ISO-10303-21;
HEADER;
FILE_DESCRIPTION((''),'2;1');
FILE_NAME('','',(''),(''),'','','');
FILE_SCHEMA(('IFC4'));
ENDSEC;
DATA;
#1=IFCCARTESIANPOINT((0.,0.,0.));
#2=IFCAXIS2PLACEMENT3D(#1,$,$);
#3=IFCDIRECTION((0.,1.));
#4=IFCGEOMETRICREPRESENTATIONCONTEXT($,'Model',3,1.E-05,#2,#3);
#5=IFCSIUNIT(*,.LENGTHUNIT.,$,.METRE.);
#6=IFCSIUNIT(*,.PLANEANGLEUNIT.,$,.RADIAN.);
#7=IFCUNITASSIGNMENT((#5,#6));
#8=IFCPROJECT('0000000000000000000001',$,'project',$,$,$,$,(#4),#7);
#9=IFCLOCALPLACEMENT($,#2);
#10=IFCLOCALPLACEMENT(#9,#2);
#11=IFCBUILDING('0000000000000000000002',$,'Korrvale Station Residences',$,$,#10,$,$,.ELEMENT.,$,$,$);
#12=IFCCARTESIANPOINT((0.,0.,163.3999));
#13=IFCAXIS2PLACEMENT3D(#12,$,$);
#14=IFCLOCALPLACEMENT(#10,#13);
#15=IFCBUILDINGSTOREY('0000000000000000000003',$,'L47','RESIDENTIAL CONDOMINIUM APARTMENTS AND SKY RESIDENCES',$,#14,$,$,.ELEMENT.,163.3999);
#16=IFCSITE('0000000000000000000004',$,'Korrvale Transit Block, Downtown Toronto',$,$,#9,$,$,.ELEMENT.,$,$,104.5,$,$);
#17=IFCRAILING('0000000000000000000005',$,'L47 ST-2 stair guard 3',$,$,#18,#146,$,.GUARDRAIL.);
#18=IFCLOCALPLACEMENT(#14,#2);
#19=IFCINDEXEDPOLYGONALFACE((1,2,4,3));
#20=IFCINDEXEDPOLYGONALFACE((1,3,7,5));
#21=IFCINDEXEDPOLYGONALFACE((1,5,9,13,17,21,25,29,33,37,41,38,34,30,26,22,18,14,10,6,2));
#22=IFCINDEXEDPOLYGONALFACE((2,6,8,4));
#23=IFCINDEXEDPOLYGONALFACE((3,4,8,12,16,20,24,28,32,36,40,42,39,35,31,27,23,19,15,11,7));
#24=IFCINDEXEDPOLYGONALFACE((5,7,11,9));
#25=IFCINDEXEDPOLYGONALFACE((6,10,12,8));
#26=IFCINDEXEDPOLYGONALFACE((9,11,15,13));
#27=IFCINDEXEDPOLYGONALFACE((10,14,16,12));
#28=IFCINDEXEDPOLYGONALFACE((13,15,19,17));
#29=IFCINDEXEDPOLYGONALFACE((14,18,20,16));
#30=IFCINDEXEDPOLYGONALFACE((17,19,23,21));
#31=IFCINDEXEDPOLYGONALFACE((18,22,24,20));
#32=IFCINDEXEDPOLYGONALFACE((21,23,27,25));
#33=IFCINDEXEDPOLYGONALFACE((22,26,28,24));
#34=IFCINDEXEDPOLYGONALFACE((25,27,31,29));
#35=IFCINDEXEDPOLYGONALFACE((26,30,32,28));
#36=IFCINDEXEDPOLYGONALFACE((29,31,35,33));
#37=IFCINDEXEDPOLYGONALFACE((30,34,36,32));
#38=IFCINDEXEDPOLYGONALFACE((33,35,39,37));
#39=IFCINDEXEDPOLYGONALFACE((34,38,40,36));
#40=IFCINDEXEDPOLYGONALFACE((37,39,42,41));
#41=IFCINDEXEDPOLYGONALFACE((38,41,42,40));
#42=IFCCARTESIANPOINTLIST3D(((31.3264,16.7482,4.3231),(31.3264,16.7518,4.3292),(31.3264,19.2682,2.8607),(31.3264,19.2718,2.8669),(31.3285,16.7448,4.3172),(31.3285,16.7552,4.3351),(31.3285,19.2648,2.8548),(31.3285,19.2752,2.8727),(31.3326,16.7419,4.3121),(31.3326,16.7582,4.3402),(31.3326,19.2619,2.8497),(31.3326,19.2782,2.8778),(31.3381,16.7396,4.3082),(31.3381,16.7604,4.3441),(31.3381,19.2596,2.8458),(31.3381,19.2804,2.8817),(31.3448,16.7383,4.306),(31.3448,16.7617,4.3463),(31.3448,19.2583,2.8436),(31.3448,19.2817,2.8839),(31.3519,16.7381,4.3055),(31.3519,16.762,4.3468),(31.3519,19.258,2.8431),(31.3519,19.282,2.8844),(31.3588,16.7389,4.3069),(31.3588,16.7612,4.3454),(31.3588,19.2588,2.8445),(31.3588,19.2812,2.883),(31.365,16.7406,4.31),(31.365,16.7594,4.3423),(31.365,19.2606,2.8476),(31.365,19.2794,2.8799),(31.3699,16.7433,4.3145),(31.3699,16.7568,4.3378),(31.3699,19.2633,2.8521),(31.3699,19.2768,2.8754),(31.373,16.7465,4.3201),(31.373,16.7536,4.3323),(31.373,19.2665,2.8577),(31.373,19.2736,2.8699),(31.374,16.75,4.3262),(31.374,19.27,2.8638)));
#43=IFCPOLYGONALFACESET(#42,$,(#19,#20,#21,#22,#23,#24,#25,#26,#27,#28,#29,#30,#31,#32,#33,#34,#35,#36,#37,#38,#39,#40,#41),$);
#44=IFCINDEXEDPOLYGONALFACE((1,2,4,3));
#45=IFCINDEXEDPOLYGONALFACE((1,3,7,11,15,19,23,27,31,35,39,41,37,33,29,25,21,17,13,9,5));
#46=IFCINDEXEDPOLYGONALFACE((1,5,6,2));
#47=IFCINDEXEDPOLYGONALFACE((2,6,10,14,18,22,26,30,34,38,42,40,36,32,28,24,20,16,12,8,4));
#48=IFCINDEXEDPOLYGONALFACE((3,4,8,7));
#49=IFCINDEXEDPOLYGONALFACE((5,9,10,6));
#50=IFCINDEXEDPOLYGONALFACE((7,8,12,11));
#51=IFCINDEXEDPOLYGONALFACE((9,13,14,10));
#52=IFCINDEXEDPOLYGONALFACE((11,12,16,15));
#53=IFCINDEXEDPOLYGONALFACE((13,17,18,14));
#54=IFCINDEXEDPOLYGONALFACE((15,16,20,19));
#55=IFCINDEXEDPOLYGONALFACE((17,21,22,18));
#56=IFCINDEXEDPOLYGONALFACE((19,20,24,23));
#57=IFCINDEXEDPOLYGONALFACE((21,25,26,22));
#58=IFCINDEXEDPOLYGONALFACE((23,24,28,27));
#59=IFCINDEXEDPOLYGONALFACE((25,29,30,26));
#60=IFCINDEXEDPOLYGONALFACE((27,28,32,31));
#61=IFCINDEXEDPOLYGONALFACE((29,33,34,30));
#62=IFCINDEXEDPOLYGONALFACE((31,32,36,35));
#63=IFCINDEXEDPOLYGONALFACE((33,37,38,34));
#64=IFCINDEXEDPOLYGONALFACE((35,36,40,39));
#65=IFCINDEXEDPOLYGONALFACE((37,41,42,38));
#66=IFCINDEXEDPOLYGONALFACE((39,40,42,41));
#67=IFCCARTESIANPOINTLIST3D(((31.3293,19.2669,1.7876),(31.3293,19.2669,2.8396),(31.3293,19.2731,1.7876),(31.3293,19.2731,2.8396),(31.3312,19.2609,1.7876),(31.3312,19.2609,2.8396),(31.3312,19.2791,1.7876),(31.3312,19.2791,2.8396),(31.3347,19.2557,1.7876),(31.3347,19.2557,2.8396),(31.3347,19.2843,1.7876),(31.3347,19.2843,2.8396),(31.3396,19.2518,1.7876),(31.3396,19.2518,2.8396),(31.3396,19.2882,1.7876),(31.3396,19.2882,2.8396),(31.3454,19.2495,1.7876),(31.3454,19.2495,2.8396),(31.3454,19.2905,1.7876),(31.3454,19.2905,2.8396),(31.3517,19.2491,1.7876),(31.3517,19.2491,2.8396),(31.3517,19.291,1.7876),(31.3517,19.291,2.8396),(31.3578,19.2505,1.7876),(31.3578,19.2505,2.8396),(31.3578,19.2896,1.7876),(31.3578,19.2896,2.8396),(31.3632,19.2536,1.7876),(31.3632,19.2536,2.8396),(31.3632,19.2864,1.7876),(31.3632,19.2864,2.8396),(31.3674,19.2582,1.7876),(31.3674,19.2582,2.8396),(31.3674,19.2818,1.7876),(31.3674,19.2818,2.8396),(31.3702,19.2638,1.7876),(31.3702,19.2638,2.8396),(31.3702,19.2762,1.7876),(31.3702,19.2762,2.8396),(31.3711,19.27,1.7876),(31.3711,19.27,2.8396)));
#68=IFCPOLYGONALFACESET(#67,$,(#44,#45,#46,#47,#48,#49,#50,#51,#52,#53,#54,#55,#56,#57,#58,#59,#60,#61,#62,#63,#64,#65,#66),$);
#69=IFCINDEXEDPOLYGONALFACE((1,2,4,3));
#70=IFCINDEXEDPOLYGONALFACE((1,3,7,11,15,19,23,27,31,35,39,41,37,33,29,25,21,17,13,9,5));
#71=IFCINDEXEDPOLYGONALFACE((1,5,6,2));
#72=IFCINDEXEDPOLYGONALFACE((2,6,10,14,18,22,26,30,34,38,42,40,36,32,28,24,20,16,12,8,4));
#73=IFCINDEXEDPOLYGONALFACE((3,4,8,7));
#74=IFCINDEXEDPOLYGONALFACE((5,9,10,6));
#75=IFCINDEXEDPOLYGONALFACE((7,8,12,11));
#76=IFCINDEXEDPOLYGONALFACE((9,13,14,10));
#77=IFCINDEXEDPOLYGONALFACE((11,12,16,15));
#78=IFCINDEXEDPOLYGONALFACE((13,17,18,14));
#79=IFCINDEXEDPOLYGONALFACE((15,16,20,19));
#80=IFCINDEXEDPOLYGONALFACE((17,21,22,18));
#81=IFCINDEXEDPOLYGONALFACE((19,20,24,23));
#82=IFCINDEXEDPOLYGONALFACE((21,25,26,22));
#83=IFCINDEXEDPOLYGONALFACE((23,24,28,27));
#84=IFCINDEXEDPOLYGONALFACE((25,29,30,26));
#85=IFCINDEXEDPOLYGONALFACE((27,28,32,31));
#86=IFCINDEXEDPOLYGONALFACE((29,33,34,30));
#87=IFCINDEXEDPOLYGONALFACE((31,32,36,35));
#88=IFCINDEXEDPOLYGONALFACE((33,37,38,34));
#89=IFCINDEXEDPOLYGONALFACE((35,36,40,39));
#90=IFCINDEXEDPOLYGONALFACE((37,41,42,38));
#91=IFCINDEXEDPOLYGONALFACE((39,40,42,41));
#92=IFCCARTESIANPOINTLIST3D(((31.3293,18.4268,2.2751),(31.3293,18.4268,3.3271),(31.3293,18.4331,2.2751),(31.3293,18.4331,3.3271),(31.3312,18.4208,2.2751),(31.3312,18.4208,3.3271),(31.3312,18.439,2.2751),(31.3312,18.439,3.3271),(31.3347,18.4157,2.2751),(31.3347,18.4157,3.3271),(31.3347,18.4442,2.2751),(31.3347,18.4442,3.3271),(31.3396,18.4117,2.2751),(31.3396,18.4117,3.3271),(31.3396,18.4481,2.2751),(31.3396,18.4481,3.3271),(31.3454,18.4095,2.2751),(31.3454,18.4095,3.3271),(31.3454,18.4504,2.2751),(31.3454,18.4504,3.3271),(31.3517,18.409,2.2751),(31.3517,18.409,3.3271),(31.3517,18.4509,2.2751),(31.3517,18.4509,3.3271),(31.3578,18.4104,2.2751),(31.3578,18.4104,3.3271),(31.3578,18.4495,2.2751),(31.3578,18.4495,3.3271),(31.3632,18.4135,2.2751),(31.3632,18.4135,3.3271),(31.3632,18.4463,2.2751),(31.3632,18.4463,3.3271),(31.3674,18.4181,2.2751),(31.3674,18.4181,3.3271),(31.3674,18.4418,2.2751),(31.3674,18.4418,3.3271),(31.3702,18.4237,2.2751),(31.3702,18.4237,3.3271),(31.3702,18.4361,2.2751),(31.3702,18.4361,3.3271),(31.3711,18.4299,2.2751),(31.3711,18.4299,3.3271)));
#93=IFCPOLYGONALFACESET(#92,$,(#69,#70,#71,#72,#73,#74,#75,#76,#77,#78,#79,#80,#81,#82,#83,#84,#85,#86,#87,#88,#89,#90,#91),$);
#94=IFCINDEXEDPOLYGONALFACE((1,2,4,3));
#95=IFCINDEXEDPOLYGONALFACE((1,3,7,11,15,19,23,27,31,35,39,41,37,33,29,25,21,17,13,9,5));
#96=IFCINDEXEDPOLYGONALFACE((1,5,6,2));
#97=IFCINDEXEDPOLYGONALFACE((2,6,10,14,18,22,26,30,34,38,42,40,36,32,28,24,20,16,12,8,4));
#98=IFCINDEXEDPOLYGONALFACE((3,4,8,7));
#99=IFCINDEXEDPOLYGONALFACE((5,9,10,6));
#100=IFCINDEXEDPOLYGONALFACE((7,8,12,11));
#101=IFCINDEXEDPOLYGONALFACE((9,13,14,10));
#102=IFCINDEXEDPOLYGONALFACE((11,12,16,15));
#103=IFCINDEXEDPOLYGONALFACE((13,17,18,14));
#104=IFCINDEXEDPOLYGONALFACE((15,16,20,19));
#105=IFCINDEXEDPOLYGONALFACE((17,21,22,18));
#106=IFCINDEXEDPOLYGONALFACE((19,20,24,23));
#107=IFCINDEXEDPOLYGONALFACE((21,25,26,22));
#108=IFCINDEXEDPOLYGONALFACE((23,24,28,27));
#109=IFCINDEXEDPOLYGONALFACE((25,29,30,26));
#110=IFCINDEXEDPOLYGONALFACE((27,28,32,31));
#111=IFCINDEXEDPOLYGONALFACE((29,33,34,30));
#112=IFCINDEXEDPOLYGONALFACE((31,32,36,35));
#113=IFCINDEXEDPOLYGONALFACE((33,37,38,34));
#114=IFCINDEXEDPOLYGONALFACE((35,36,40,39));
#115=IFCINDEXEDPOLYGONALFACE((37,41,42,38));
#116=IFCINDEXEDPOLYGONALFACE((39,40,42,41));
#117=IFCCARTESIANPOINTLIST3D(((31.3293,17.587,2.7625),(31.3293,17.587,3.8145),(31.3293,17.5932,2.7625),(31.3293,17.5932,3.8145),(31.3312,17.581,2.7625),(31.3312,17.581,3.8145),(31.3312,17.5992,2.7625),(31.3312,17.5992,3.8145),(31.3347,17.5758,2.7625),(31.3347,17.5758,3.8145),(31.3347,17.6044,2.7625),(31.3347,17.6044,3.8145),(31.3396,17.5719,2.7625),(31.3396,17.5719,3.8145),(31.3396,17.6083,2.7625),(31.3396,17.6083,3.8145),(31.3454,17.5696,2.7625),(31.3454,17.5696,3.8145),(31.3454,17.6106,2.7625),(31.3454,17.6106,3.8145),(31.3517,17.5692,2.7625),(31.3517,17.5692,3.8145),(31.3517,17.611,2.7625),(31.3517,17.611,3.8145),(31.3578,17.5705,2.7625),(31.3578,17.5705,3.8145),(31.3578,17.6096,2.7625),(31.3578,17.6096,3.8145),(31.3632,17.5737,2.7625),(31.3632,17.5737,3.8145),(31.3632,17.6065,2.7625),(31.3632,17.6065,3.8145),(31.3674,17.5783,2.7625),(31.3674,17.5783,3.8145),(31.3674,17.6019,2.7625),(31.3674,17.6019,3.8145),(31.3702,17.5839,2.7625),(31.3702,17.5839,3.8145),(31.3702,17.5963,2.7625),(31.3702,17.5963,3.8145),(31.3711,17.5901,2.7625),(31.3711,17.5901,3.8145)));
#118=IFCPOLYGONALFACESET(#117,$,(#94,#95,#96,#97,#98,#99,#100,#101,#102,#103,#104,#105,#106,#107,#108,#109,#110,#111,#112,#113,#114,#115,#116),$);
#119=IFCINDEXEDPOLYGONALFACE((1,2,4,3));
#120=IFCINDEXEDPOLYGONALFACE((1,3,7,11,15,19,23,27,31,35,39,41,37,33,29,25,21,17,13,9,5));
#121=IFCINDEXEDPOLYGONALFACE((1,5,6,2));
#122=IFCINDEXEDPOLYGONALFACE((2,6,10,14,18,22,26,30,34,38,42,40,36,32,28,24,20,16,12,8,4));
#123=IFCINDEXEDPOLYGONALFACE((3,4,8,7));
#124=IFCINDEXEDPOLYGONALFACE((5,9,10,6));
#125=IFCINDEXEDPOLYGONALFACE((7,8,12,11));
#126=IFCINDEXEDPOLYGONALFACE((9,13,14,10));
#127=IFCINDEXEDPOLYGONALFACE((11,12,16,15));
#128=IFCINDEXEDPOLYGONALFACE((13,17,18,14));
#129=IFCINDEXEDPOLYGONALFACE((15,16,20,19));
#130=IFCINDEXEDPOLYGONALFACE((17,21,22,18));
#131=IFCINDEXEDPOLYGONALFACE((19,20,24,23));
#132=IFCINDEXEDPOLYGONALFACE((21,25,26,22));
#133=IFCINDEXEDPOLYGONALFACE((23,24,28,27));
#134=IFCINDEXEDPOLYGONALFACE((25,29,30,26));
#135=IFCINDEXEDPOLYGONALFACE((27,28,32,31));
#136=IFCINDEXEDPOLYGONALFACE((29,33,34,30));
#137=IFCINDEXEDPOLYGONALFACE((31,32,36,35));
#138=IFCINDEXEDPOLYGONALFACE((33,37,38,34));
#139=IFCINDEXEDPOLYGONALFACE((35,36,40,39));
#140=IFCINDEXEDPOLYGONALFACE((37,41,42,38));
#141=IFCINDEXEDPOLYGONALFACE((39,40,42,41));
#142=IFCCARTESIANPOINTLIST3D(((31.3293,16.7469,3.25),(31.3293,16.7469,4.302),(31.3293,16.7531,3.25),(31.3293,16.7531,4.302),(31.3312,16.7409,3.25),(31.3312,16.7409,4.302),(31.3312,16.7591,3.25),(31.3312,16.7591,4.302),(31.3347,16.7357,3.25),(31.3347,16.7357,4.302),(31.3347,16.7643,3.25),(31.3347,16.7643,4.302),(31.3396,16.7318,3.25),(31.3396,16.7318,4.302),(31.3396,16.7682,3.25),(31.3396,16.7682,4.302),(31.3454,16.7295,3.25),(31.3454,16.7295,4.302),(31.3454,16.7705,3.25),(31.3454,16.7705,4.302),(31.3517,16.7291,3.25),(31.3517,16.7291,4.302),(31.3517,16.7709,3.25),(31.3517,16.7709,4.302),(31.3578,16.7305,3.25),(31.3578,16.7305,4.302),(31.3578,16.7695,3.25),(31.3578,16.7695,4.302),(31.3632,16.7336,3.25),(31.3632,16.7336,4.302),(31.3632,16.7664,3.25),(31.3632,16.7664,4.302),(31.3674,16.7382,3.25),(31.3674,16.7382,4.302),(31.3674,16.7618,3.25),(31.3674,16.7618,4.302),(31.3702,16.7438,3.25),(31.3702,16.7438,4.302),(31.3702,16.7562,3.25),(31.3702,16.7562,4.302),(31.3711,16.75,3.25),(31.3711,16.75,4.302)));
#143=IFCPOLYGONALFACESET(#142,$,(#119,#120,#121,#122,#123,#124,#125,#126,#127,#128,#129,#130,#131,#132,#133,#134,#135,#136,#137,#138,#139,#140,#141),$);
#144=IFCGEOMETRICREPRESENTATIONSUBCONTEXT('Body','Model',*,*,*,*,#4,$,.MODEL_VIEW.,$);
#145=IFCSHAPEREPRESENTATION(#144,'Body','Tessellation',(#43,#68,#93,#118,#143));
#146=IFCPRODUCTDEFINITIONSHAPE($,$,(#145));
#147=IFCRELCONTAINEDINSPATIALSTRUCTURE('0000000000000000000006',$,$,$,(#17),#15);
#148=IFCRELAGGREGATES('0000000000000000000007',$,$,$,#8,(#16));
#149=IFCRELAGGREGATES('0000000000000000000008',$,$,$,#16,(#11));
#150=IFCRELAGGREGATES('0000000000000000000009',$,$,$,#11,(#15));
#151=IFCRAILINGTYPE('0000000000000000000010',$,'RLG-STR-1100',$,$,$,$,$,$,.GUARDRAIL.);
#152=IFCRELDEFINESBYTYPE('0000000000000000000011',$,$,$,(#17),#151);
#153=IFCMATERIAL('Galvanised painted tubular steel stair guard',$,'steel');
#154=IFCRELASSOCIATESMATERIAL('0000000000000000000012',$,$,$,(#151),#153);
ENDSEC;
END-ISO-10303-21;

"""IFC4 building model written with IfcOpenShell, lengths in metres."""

from ifc_helpers import new_model, si_unit, direction, frame, origin, origin_2d, place, context, subcontext, project, spatial, circle, extrude, material, type_object, element, save


model = new_model("IFC4")

# Units and contexts
model_context = context("Model", 3, precision=1e-05, world=origin(), true_north=direction((0.0, 1.0)))
body_context = subcontext(model_context, "Body", "Model", "MODEL_VIEW")
ifc_project = project(units=[si_unit("LENGTHUNIT", "METRE"), si_unit("PLANEANGLEUNIT", "RADIAN")], contexts=[model_context])

# Site, building, storey
site_placement = place(None, origin())
site = spatial("IfcSite", under=ifc_project, at=site_placement, Name="Korrvale Transit Block, Downtown Toronto", CompositionType="ELEMENT", RefElevation=104.5)
building_placement = place(site_placement, origin())
building = spatial("IfcBuilding", under=site, at=building_placement, Name="Korrvale Station Residences", CompositionType="ELEMENT")
storey_placement = place(building_placement, frame((0.0, 0.0, 163.3999)))
storey = spatial("IfcBuildingStorey", under=building, at=storey_placement, Name="L47", Description="RESIDENTIAL CONDOMINIUM APARTMENTS AND SKY RESIDENCES", CompositionType="ELEMENT", Elevation=163.3999)

# Railing
ifc_material_1 = material(Name="Galvanised painted tubular steel stair guard", Category="steel")
railing_type_1 = type_object("IfcRailingType", Name="RLG-STR-1100", PredefinedType="GUARDRAIL", material=ifc_material_1)
railing_1_placement = place(storey_placement, frame((31.3501, 19.27, 1.7876)))
element("IfcRailing", 1, at=railing_1_placement, inside=storey, type_object=railing_type_1, Name="L47 ST-2 stair guard 3", PredefinedType="GUARDRAIL", context=body_context, shape_type="SweptSolid", body=[
    extrude(circle(Radius=0.0239, at=origin_2d()), frame((0.0, 0.0, 1.0762), z_axis=(0.0, -0.864913, 0.501921), x_axis=(1.0, 0.0, 0.0)), (0.0, 0.0, 1.0), 2.9136),
    extrude(circle(Radius=0.021, at=origin_2d()), origin(), (0.0, 0.0, 1.0), 1.052),
    extrude(circle(Radius=0.021, at=origin_2d()), frame((0.0, -0.8401, 0.4875)), (0.0, 0.0, 1.0), 1.052),
    extrude(circle(Radius=0.021, at=origin_2d()), frame((0.0, -1.6799, 0.9749)), (0.0, 0.0, 1.0), 1.052),
    extrude(circle(Radius=0.021, at=origin_2d()), frame((0.0, -2.52, 1.4624)), (0.0, 0.0, 1.0), 1.052),
])

save(model, "model.ifc")
